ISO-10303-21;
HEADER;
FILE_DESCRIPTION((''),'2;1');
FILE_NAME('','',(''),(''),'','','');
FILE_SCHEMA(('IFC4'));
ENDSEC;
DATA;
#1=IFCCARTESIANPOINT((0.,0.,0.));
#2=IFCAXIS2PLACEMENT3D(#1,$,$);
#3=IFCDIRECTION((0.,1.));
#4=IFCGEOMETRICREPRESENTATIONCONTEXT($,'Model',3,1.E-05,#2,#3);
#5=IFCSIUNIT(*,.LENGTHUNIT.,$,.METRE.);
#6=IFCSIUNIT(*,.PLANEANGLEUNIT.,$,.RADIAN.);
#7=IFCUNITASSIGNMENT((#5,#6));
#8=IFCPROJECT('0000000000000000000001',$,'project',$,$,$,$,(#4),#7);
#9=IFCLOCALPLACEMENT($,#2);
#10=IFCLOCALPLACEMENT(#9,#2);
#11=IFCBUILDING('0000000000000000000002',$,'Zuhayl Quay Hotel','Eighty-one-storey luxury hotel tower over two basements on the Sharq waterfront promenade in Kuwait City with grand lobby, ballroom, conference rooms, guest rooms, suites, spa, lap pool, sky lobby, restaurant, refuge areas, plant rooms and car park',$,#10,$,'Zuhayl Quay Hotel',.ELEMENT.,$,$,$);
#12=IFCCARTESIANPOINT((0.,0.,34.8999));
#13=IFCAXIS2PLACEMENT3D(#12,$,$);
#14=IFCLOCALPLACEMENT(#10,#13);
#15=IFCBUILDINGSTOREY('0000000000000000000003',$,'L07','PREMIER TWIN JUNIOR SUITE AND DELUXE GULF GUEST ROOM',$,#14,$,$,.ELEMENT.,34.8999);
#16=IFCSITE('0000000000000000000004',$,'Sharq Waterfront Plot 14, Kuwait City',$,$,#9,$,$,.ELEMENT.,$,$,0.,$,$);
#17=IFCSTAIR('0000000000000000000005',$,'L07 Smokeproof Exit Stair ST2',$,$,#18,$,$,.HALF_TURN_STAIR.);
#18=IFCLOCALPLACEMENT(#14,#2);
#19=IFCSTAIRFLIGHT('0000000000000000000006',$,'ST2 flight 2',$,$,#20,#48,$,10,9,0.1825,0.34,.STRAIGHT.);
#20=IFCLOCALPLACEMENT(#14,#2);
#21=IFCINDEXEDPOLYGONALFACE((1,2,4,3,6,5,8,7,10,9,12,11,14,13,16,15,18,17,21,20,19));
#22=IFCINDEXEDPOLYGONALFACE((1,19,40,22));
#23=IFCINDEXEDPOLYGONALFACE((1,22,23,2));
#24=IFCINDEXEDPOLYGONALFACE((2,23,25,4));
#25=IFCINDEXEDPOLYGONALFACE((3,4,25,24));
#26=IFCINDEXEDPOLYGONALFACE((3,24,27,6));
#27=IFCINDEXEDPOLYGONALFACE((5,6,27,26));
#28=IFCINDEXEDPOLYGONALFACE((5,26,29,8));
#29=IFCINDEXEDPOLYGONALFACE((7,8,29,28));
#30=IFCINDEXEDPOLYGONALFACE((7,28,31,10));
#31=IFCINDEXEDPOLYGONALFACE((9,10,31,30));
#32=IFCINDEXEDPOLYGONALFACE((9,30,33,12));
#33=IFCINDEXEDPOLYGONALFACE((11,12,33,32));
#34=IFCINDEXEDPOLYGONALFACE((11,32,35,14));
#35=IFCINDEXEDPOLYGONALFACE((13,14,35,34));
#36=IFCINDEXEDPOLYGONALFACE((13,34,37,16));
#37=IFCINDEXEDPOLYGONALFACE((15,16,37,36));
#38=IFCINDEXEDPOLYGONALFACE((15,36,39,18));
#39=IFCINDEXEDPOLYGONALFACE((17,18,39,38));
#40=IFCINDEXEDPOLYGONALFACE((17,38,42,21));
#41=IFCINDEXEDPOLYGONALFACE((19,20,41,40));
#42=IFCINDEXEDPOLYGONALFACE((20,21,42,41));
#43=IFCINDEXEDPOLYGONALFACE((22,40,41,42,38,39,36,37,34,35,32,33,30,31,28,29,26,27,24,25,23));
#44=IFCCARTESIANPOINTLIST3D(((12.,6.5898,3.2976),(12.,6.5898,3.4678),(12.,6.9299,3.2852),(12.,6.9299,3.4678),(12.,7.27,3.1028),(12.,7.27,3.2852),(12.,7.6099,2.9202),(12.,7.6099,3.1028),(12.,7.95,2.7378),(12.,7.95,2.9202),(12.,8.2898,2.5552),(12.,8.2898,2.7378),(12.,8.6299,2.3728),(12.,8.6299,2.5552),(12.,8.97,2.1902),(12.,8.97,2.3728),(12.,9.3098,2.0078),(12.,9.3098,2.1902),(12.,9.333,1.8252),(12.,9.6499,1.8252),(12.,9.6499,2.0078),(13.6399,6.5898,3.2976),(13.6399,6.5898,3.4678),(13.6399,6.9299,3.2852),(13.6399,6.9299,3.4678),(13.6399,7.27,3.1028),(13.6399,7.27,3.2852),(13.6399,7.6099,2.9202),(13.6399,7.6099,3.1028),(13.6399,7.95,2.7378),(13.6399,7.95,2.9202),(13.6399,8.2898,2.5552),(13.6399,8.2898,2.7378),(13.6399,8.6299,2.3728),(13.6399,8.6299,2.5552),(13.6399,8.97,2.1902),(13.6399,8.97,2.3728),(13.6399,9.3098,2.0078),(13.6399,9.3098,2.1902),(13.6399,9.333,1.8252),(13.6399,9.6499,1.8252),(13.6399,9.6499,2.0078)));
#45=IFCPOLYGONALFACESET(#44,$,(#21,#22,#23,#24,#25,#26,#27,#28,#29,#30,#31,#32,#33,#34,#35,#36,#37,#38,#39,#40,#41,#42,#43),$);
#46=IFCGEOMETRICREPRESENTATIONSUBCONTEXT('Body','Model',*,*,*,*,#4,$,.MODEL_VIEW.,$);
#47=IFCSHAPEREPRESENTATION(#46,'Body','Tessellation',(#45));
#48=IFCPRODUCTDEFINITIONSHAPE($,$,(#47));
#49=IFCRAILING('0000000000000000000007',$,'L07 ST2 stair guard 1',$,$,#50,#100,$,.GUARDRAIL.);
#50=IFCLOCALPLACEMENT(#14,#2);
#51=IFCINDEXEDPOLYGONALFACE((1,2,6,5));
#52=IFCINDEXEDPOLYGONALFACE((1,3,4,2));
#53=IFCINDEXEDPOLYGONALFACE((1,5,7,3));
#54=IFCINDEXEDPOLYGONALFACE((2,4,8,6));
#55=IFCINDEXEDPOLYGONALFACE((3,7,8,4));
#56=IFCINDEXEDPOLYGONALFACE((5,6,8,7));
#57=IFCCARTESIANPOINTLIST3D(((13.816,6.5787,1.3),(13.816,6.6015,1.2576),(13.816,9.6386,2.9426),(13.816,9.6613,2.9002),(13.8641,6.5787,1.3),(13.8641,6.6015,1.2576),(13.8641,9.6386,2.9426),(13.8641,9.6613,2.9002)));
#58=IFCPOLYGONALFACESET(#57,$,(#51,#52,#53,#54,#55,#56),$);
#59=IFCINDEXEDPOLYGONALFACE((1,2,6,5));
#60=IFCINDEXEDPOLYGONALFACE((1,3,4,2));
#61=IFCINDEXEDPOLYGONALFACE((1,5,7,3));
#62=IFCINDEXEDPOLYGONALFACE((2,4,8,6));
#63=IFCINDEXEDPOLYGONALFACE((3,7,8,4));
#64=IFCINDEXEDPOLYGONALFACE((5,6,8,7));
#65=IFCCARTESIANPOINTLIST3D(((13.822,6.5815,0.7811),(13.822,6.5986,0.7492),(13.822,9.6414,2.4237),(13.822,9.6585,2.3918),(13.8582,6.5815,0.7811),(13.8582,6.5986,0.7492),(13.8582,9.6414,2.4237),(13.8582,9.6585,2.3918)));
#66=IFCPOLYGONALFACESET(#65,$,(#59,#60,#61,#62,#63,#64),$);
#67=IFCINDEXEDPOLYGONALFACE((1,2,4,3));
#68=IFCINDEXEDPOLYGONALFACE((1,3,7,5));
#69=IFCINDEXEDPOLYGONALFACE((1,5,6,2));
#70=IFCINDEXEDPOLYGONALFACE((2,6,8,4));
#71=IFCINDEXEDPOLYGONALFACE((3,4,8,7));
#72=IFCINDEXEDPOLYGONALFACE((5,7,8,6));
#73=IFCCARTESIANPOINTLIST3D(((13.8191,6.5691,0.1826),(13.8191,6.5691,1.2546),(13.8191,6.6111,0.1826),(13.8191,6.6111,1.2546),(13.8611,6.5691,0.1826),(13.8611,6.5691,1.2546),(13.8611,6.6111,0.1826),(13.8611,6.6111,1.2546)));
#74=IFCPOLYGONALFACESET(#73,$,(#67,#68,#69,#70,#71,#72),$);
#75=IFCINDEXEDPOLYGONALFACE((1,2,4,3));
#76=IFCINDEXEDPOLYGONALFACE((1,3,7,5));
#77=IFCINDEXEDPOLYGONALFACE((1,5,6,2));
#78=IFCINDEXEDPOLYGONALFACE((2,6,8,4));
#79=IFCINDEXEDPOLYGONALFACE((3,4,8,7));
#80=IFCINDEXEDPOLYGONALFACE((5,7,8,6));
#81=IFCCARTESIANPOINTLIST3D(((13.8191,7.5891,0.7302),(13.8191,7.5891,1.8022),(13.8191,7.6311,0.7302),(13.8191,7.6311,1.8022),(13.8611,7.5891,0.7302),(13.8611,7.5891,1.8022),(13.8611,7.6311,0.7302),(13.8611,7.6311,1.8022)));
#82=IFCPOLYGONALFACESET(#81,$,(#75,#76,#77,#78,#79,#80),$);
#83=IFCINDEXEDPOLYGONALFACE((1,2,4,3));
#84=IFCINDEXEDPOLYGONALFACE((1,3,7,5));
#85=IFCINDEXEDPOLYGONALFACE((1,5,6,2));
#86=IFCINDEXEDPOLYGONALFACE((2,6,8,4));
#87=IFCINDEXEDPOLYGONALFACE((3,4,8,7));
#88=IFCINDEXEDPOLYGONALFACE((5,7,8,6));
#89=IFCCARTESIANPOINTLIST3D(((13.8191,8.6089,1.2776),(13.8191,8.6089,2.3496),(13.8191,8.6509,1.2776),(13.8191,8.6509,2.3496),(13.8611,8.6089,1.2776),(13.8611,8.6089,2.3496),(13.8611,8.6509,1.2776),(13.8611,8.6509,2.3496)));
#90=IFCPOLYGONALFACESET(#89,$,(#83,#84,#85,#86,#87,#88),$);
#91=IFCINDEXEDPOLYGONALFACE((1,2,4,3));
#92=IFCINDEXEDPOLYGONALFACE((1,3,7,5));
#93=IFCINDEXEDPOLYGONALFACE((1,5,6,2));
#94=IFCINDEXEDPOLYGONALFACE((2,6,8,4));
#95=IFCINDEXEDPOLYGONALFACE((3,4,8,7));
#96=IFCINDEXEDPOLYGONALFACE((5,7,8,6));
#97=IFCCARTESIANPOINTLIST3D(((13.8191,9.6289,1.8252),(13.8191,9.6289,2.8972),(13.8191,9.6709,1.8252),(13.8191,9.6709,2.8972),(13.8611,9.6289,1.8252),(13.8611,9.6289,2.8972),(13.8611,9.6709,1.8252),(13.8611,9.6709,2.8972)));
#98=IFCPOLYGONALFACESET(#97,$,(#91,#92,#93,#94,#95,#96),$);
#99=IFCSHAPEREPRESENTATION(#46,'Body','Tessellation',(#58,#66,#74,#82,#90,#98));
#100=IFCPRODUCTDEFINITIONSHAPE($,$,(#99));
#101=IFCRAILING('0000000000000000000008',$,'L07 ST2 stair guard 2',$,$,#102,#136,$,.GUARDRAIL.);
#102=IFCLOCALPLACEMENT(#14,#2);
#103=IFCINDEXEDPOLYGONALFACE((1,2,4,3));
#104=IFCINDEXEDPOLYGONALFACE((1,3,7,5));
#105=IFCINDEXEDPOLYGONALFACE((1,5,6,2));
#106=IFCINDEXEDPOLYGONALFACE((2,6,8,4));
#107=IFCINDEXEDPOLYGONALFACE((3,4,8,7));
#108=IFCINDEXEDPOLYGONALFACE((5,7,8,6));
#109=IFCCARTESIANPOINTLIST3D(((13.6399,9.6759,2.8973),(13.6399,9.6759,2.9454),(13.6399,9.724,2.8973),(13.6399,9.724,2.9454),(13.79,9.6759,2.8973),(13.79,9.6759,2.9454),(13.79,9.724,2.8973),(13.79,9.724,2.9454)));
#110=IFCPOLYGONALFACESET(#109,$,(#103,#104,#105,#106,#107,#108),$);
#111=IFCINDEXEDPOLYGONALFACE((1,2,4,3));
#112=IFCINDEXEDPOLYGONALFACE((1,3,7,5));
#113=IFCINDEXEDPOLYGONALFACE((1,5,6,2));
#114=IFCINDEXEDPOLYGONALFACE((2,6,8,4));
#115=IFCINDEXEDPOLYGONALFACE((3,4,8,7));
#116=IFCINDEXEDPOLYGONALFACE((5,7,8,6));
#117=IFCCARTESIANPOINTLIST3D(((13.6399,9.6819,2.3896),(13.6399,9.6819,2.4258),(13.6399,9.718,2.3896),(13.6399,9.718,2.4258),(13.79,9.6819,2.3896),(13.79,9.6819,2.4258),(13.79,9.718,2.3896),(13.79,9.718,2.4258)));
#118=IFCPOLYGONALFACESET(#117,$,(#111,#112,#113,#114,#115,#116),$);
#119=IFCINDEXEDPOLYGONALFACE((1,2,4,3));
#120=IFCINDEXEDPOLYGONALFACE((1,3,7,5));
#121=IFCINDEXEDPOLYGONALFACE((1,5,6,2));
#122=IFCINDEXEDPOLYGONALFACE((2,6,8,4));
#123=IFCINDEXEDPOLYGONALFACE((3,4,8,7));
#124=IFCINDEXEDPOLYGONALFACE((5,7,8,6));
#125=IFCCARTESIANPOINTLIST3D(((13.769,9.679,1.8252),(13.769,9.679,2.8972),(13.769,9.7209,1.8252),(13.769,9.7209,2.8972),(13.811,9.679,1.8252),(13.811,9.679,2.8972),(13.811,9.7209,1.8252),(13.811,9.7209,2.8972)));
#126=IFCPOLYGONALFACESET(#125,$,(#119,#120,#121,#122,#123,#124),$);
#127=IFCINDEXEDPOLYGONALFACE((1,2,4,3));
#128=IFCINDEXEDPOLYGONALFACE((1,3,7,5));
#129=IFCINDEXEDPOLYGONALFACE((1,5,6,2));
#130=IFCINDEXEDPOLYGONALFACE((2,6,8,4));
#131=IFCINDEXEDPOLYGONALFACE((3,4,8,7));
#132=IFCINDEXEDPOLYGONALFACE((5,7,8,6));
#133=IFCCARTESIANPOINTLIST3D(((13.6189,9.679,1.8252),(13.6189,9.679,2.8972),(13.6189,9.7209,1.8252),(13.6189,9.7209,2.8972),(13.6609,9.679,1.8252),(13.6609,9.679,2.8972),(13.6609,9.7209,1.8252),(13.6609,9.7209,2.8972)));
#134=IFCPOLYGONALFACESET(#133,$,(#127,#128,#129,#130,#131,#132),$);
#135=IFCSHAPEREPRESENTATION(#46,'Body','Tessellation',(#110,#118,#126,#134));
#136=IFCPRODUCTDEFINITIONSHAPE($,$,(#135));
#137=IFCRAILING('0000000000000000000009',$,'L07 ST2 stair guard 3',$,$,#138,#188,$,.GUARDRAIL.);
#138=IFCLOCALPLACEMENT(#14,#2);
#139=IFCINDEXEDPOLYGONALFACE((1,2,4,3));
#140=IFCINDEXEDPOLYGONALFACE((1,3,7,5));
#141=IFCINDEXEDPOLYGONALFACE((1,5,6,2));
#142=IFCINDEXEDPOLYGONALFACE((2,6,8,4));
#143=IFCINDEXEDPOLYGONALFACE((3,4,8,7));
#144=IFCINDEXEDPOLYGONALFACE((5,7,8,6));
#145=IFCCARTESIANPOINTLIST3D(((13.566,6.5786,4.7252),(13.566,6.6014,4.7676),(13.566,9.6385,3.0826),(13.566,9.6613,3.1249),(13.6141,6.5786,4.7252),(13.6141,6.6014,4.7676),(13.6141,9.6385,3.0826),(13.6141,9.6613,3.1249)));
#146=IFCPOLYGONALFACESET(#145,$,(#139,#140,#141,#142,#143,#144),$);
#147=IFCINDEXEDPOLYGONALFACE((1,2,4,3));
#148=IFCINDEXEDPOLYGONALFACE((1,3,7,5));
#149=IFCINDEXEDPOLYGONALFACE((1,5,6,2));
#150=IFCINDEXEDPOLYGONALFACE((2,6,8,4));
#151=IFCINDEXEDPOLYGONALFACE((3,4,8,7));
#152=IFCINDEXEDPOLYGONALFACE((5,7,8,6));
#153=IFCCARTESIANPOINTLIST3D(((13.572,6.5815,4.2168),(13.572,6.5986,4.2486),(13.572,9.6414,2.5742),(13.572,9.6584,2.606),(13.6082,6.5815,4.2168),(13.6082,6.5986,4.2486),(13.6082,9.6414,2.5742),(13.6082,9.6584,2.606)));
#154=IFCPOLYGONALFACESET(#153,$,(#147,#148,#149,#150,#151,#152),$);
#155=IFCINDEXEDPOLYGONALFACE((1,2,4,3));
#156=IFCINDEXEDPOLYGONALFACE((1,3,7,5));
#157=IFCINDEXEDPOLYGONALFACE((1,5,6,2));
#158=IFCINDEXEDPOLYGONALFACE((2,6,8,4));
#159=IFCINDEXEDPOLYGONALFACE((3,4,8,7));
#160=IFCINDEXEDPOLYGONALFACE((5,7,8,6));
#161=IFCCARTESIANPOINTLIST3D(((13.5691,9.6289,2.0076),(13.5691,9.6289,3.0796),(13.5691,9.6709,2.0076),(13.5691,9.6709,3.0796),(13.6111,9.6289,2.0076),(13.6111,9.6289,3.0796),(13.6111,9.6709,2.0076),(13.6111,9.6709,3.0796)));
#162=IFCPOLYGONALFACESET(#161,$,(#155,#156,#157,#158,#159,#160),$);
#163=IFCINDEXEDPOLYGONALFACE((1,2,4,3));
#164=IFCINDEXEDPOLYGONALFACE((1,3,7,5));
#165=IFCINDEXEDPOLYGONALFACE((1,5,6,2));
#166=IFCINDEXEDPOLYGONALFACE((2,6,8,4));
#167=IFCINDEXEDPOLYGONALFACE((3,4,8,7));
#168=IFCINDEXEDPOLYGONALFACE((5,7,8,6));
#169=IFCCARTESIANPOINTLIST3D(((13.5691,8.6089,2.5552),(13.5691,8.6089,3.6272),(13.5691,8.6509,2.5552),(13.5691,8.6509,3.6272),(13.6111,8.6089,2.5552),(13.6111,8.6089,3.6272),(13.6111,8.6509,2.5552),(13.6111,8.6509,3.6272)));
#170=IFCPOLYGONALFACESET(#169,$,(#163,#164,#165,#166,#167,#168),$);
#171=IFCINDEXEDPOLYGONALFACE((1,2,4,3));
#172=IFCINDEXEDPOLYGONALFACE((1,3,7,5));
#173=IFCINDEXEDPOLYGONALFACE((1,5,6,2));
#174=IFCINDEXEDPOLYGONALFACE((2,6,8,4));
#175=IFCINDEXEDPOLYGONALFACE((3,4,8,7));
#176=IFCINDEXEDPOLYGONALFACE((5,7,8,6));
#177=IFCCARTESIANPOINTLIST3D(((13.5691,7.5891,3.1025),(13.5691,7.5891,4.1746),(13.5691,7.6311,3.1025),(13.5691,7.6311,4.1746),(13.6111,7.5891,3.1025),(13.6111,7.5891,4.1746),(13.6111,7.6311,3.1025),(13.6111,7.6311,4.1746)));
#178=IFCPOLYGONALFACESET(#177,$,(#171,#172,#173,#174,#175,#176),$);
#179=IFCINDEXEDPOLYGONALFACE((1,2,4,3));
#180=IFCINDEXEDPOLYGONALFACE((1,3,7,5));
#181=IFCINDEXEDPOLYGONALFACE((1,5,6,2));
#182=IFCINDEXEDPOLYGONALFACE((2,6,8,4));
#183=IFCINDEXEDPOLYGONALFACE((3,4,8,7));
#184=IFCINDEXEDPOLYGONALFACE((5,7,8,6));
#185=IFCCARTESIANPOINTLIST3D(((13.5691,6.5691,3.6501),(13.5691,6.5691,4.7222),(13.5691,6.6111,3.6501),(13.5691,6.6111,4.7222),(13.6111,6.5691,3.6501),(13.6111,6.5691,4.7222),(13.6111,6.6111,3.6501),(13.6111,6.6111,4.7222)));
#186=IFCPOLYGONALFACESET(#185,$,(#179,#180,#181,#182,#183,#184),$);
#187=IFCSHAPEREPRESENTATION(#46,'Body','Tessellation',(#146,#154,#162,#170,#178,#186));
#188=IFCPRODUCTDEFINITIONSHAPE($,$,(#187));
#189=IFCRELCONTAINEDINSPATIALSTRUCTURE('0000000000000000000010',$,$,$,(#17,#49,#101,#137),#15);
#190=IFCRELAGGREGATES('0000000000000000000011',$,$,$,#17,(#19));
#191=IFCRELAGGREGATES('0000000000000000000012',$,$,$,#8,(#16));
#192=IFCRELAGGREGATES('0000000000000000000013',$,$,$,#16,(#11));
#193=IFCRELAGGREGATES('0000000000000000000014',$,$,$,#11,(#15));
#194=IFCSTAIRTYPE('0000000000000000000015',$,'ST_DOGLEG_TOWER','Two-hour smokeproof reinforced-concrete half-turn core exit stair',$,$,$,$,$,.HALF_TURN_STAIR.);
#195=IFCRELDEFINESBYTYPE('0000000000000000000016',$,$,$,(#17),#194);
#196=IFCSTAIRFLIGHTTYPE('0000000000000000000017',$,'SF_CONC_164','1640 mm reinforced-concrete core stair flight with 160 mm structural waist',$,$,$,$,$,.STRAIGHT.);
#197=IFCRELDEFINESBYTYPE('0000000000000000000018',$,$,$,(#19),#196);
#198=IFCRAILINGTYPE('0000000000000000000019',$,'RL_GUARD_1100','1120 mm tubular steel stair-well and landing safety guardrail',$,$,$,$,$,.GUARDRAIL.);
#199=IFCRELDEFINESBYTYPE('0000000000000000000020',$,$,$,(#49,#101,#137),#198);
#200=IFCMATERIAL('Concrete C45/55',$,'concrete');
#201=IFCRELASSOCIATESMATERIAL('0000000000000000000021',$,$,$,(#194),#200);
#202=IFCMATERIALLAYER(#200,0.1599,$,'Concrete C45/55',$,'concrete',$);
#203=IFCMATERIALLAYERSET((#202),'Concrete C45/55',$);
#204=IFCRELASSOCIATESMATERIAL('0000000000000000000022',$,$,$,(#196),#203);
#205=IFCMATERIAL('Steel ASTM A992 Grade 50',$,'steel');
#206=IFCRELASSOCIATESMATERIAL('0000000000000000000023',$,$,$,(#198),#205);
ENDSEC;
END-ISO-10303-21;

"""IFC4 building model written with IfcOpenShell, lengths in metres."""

from ifc_helpers import new_model, si_unit, direction, frame, origin, origin_2d, place, context, subcontext, project, spatial, polyline, rectangle, outline, extrude, material, layer, layer_set, type_object, element, aggregate, save


model = new_model("IFC4")

# Units and contexts
model_context = context("Model", 3, precision=1e-05, world=origin(), true_north=direction((0.0, 1.0)))
body_context = subcontext(model_context, "Body", "Model", "MODEL_VIEW")
ifc_project = project(units=[si_unit("LENGTHUNIT", "METRE"), si_unit("PLANEANGLEUNIT", "RADIAN")], contexts=[model_context])

# Site, building, storey
site_placement = place(None, origin())
site = spatial("IfcSite", under=ifc_project, at=site_placement, Name="Sharq Waterfront Plot 14, Kuwait City", CompositionType="ELEMENT", RefElevation=0.0)
building_placement = place(site_placement, origin())
building = spatial("IfcBuilding", under=site, at=building_placement, Name="Zuhayl Quay Hotel", Description="Eighty-one-storey luxury hotel tower over two basements on the Sharq waterfront promenade in Kuwait City with grand lobby, ballroom, conference rooms, guest rooms, suites, spa, lap pool, sky lobby, restaurant, refuge areas, plant rooms and car park", LongName="Zuhayl Quay Hotel", CompositionType="ELEMENT")
storey_placement = place(building_placement, frame((0.0, 0.0, 34.8999)))
storey = spatial("IfcBuildingStorey", under=building, at=storey_placement, Name="L07", Description="PREMIER TWIN JUNIOR SUITE AND DELUXE GULF GUEST ROOM", CompositionType="ELEMENT", Elevation=34.8999)

# Shared definitions
ifc_material_1 = material(Name="Steel ASTM A992 Grade 50", Category="steel")

# Stair, stair flight
ifc_material_2 = material(Name="Concrete C45/55", Category="concrete")
stair_type = type_object("IfcStairType", Name="ST_DOGLEG_TOWER", Description="Two-hour smokeproof reinforced-concrete half-turn core exit stair", PredefinedType="HALF_TURN_STAIR", material=ifc_material_2)
stair_placement = place(storey_placement, origin())
stair = element("IfcStair", 1, at=stair_placement, inside=storey, type_object=stair_type, Name="L07 Smokeproof Exit Stair ST2", PredefinedType="HALF_TURN_STAIR")
ifc_layer_1 = layer(ifc_material_2, 0.1599, Name="Concrete C45/55", Category="concrete")
ifc_layer_set_1 = layer_set([ifc_layer_1], Name="Concrete C45/55")
stair_flight_type = type_object("IfcStairFlightType", Name="SF_CONC_164", Description="1640 mm reinforced-concrete core stair flight with 160 mm structural waist", PredefinedType="STRAIGHT", material=ifc_layer_set_1)
stair_flight_1_placement = place(storey_placement, frame((12.8201, 9.6499, 1.8252), z_axis=(0.0, 0.0, 1.0), x_axis=(0.0, -1.0, 0.0)))
stair_flight_1 = element("IfcStairFlight", 2, at=stair_flight_1_placement, type_object=stair_flight_type, Name="ST2 flight 2", NumberOfRisers=10, NumberOfTreads=9, PredefinedType="STRAIGHT", RiserHeight=0.1825, TreadLength=0.34, context=body_context, shape_type="SweptSolid", body=[
    extrude(outline(polyline([(0.0, 0.0), (0.0, 0.1826), (0.3401, 0.1826), (0.3401, 0.365), (0.6799, 0.365), (0.6799, 0.5476), (1.02, 0.5476), (1.02, 0.73), (1.3601, 0.73), (1.3601, 0.9126), (1.7, 0.9126), (1.7, 1.095), (2.04, 1.095), (2.04, 1.2776), (2.3799, 1.2776), (2.3799, 1.46), (2.72, 1.46), (2.72, 1.6426), (3.0601, 1.6426), (3.0601, 1.825), (3.0601, 1.4724), (0.3169, 0.0), (0.0, 0.0)])), frame((0.0, 0.8198, 0.0), z_axis=(0.0, -1.0, 0.0), x_axis=(1.0, 0.0, 0.0)), (0.0, 0.0, 1.0), 1.6399),
])
aggregate(stair, [stair_flight_1])

# Railings
railing_type_1 = type_object("IfcRailingType", Name="RL_GUARD_1100", Description="1120 mm tubular steel stair-well and landing safety guardrail", PredefinedType="GUARDRAIL", material=ifc_material_1)
railing_1_placement = place(storey_placement, frame((13.8401, 6.5901, 0.1826)))
element("IfcRailing", 3, at=railing_1_placement, inside=storey, type_object=railing_type_1, Name="L07 ST2 stair guard 1", PredefinedType="GUARDRAIL", context=body_context, shape_type="SweptSolid", body=[
    extrude(rectangle(XDim=0.0481, YDim=0.0481, at=origin_2d()), frame((0.0, 0.0, 1.0962), z_axis=(0.0, 0.881073, 0.47298), x_axis=(-1.0, 0.0, 0.0)), (0.0, 0.0, 1.0), 3.4729),
    extrude(rectangle(XDim=0.0361, YDim=0.0361, at=origin_2d()), frame((0.0, 0.0, 0.5825), z_axis=(0.0, 0.881073, 0.47298), x_axis=(-1.0, 0.0, 0.0)), (0.0, 0.0, 1.0), 3.4729),
    extrude(rectangle(XDim=0.042, YDim=0.042, at=origin_2d()), origin(), (0.0, 0.0, 1.0), 1.072),
    extrude(rectangle(XDim=0.042, YDim=0.042, at=origin_2d()), frame((0.0, 1.02, 0.5476)), (0.0, 0.0, 1.0), 1.072),
    extrude(rectangle(XDim=0.042, YDim=0.042, at=origin_2d()), frame((0.0, 2.0398, 1.095)), (0.0, 0.0, 1.0), 1.072),
    extrude(rectangle(XDim=0.042, YDim=0.042, at=origin_2d()), frame((0.0, 3.0598, 1.6426)), (0.0, 0.0, 1.0), 1.072),
])
railing_2_placement = place(storey_placement, frame((13.79, 9.7, 1.8252)))
element("IfcRailing", 4, at=railing_2_placement, inside=storey, type_object=railing_type_1, Name="L07 ST2 stair guard 2", PredefinedType="GUARDRAIL", context=body_context, shape_type="SweptSolid", body=[
    extrude(rectangle(XDim=0.0481, YDim=0.0481, at=origin_2d()), frame((0.0, 0.0, 1.0962), z_axis=(-1.0, 0.0, 0.0), x_axis=(0.0, -1.0, 0.0)), (0.0, 0.0, 1.0), 0.1501),
    extrude(rectangle(XDim=0.0361, YDim=0.0361, at=origin_2d()), frame((0.0, 0.0, 0.5825), z_axis=(-1.0, 0.0, 0.0), x_axis=(0.0, -1.0, 0.0)), (0.0, 0.0, 1.0), 0.1501),
    extrude(rectangle(XDim=0.042, YDim=0.042, at=origin_2d()), origin(), (0.0, 0.0, 1.0), 1.072),
    extrude(rectangle(XDim=0.042, YDim=0.042, at=origin_2d()), frame((-0.1501, 0.0, 0.0)), (0.0, 0.0, 1.0), 1.072),
])
railing_3_placement = place(storey_placement, frame((13.5901, 9.6499, 2.0076)))
element("IfcRailing", 5, at=railing_3_placement, inside=storey, type_object=railing_type_1, Name="L07 ST2 stair guard 3", PredefinedType="GUARDRAIL", context=body_context, shape_type="SweptSolid", body=[
    extrude(rectangle(XDim=0.0481, YDim=0.0481, at=origin_2d()), frame((0.0, 0.0, 1.0962), z_axis=(0.0, -0.881073, 0.47298), x_axis=(1.0, 0.0, 0.0)), (0.0, 0.0, 1.0), 3.4729),
    extrude(rectangle(XDim=0.0361, YDim=0.0361, at=origin_2d()), frame((0.0, 0.0, 0.5825), z_axis=(0.0, -0.881073, 0.47298), x_axis=(1.0, 0.0, 0.0)), (0.0, 0.0, 1.0), 3.4729),
    extrude(rectangle(XDim=0.042, YDim=0.042, at=origin_2d()), origin(), (0.0, 0.0, 1.0), 1.072),
    extrude(rectangle(XDim=0.042, YDim=0.042, at=origin_2d()), frame((0.0, -1.02, 0.5476)), (0.0, 0.0, 1.0), 1.072),
    extrude(rectangle(XDim=0.042, YDim=0.042, at=origin_2d()), frame((0.0, -2.0398, 1.095)), (0.0, 0.0, 1.0), 1.072),
    extrude(rectangle(XDim=0.042, YDim=0.042, at=origin_2d()), frame((0.0, -3.0598, 1.6426)), (0.0, 0.0, 1.0), 1.072),
])

save(model, "model.ifc")
